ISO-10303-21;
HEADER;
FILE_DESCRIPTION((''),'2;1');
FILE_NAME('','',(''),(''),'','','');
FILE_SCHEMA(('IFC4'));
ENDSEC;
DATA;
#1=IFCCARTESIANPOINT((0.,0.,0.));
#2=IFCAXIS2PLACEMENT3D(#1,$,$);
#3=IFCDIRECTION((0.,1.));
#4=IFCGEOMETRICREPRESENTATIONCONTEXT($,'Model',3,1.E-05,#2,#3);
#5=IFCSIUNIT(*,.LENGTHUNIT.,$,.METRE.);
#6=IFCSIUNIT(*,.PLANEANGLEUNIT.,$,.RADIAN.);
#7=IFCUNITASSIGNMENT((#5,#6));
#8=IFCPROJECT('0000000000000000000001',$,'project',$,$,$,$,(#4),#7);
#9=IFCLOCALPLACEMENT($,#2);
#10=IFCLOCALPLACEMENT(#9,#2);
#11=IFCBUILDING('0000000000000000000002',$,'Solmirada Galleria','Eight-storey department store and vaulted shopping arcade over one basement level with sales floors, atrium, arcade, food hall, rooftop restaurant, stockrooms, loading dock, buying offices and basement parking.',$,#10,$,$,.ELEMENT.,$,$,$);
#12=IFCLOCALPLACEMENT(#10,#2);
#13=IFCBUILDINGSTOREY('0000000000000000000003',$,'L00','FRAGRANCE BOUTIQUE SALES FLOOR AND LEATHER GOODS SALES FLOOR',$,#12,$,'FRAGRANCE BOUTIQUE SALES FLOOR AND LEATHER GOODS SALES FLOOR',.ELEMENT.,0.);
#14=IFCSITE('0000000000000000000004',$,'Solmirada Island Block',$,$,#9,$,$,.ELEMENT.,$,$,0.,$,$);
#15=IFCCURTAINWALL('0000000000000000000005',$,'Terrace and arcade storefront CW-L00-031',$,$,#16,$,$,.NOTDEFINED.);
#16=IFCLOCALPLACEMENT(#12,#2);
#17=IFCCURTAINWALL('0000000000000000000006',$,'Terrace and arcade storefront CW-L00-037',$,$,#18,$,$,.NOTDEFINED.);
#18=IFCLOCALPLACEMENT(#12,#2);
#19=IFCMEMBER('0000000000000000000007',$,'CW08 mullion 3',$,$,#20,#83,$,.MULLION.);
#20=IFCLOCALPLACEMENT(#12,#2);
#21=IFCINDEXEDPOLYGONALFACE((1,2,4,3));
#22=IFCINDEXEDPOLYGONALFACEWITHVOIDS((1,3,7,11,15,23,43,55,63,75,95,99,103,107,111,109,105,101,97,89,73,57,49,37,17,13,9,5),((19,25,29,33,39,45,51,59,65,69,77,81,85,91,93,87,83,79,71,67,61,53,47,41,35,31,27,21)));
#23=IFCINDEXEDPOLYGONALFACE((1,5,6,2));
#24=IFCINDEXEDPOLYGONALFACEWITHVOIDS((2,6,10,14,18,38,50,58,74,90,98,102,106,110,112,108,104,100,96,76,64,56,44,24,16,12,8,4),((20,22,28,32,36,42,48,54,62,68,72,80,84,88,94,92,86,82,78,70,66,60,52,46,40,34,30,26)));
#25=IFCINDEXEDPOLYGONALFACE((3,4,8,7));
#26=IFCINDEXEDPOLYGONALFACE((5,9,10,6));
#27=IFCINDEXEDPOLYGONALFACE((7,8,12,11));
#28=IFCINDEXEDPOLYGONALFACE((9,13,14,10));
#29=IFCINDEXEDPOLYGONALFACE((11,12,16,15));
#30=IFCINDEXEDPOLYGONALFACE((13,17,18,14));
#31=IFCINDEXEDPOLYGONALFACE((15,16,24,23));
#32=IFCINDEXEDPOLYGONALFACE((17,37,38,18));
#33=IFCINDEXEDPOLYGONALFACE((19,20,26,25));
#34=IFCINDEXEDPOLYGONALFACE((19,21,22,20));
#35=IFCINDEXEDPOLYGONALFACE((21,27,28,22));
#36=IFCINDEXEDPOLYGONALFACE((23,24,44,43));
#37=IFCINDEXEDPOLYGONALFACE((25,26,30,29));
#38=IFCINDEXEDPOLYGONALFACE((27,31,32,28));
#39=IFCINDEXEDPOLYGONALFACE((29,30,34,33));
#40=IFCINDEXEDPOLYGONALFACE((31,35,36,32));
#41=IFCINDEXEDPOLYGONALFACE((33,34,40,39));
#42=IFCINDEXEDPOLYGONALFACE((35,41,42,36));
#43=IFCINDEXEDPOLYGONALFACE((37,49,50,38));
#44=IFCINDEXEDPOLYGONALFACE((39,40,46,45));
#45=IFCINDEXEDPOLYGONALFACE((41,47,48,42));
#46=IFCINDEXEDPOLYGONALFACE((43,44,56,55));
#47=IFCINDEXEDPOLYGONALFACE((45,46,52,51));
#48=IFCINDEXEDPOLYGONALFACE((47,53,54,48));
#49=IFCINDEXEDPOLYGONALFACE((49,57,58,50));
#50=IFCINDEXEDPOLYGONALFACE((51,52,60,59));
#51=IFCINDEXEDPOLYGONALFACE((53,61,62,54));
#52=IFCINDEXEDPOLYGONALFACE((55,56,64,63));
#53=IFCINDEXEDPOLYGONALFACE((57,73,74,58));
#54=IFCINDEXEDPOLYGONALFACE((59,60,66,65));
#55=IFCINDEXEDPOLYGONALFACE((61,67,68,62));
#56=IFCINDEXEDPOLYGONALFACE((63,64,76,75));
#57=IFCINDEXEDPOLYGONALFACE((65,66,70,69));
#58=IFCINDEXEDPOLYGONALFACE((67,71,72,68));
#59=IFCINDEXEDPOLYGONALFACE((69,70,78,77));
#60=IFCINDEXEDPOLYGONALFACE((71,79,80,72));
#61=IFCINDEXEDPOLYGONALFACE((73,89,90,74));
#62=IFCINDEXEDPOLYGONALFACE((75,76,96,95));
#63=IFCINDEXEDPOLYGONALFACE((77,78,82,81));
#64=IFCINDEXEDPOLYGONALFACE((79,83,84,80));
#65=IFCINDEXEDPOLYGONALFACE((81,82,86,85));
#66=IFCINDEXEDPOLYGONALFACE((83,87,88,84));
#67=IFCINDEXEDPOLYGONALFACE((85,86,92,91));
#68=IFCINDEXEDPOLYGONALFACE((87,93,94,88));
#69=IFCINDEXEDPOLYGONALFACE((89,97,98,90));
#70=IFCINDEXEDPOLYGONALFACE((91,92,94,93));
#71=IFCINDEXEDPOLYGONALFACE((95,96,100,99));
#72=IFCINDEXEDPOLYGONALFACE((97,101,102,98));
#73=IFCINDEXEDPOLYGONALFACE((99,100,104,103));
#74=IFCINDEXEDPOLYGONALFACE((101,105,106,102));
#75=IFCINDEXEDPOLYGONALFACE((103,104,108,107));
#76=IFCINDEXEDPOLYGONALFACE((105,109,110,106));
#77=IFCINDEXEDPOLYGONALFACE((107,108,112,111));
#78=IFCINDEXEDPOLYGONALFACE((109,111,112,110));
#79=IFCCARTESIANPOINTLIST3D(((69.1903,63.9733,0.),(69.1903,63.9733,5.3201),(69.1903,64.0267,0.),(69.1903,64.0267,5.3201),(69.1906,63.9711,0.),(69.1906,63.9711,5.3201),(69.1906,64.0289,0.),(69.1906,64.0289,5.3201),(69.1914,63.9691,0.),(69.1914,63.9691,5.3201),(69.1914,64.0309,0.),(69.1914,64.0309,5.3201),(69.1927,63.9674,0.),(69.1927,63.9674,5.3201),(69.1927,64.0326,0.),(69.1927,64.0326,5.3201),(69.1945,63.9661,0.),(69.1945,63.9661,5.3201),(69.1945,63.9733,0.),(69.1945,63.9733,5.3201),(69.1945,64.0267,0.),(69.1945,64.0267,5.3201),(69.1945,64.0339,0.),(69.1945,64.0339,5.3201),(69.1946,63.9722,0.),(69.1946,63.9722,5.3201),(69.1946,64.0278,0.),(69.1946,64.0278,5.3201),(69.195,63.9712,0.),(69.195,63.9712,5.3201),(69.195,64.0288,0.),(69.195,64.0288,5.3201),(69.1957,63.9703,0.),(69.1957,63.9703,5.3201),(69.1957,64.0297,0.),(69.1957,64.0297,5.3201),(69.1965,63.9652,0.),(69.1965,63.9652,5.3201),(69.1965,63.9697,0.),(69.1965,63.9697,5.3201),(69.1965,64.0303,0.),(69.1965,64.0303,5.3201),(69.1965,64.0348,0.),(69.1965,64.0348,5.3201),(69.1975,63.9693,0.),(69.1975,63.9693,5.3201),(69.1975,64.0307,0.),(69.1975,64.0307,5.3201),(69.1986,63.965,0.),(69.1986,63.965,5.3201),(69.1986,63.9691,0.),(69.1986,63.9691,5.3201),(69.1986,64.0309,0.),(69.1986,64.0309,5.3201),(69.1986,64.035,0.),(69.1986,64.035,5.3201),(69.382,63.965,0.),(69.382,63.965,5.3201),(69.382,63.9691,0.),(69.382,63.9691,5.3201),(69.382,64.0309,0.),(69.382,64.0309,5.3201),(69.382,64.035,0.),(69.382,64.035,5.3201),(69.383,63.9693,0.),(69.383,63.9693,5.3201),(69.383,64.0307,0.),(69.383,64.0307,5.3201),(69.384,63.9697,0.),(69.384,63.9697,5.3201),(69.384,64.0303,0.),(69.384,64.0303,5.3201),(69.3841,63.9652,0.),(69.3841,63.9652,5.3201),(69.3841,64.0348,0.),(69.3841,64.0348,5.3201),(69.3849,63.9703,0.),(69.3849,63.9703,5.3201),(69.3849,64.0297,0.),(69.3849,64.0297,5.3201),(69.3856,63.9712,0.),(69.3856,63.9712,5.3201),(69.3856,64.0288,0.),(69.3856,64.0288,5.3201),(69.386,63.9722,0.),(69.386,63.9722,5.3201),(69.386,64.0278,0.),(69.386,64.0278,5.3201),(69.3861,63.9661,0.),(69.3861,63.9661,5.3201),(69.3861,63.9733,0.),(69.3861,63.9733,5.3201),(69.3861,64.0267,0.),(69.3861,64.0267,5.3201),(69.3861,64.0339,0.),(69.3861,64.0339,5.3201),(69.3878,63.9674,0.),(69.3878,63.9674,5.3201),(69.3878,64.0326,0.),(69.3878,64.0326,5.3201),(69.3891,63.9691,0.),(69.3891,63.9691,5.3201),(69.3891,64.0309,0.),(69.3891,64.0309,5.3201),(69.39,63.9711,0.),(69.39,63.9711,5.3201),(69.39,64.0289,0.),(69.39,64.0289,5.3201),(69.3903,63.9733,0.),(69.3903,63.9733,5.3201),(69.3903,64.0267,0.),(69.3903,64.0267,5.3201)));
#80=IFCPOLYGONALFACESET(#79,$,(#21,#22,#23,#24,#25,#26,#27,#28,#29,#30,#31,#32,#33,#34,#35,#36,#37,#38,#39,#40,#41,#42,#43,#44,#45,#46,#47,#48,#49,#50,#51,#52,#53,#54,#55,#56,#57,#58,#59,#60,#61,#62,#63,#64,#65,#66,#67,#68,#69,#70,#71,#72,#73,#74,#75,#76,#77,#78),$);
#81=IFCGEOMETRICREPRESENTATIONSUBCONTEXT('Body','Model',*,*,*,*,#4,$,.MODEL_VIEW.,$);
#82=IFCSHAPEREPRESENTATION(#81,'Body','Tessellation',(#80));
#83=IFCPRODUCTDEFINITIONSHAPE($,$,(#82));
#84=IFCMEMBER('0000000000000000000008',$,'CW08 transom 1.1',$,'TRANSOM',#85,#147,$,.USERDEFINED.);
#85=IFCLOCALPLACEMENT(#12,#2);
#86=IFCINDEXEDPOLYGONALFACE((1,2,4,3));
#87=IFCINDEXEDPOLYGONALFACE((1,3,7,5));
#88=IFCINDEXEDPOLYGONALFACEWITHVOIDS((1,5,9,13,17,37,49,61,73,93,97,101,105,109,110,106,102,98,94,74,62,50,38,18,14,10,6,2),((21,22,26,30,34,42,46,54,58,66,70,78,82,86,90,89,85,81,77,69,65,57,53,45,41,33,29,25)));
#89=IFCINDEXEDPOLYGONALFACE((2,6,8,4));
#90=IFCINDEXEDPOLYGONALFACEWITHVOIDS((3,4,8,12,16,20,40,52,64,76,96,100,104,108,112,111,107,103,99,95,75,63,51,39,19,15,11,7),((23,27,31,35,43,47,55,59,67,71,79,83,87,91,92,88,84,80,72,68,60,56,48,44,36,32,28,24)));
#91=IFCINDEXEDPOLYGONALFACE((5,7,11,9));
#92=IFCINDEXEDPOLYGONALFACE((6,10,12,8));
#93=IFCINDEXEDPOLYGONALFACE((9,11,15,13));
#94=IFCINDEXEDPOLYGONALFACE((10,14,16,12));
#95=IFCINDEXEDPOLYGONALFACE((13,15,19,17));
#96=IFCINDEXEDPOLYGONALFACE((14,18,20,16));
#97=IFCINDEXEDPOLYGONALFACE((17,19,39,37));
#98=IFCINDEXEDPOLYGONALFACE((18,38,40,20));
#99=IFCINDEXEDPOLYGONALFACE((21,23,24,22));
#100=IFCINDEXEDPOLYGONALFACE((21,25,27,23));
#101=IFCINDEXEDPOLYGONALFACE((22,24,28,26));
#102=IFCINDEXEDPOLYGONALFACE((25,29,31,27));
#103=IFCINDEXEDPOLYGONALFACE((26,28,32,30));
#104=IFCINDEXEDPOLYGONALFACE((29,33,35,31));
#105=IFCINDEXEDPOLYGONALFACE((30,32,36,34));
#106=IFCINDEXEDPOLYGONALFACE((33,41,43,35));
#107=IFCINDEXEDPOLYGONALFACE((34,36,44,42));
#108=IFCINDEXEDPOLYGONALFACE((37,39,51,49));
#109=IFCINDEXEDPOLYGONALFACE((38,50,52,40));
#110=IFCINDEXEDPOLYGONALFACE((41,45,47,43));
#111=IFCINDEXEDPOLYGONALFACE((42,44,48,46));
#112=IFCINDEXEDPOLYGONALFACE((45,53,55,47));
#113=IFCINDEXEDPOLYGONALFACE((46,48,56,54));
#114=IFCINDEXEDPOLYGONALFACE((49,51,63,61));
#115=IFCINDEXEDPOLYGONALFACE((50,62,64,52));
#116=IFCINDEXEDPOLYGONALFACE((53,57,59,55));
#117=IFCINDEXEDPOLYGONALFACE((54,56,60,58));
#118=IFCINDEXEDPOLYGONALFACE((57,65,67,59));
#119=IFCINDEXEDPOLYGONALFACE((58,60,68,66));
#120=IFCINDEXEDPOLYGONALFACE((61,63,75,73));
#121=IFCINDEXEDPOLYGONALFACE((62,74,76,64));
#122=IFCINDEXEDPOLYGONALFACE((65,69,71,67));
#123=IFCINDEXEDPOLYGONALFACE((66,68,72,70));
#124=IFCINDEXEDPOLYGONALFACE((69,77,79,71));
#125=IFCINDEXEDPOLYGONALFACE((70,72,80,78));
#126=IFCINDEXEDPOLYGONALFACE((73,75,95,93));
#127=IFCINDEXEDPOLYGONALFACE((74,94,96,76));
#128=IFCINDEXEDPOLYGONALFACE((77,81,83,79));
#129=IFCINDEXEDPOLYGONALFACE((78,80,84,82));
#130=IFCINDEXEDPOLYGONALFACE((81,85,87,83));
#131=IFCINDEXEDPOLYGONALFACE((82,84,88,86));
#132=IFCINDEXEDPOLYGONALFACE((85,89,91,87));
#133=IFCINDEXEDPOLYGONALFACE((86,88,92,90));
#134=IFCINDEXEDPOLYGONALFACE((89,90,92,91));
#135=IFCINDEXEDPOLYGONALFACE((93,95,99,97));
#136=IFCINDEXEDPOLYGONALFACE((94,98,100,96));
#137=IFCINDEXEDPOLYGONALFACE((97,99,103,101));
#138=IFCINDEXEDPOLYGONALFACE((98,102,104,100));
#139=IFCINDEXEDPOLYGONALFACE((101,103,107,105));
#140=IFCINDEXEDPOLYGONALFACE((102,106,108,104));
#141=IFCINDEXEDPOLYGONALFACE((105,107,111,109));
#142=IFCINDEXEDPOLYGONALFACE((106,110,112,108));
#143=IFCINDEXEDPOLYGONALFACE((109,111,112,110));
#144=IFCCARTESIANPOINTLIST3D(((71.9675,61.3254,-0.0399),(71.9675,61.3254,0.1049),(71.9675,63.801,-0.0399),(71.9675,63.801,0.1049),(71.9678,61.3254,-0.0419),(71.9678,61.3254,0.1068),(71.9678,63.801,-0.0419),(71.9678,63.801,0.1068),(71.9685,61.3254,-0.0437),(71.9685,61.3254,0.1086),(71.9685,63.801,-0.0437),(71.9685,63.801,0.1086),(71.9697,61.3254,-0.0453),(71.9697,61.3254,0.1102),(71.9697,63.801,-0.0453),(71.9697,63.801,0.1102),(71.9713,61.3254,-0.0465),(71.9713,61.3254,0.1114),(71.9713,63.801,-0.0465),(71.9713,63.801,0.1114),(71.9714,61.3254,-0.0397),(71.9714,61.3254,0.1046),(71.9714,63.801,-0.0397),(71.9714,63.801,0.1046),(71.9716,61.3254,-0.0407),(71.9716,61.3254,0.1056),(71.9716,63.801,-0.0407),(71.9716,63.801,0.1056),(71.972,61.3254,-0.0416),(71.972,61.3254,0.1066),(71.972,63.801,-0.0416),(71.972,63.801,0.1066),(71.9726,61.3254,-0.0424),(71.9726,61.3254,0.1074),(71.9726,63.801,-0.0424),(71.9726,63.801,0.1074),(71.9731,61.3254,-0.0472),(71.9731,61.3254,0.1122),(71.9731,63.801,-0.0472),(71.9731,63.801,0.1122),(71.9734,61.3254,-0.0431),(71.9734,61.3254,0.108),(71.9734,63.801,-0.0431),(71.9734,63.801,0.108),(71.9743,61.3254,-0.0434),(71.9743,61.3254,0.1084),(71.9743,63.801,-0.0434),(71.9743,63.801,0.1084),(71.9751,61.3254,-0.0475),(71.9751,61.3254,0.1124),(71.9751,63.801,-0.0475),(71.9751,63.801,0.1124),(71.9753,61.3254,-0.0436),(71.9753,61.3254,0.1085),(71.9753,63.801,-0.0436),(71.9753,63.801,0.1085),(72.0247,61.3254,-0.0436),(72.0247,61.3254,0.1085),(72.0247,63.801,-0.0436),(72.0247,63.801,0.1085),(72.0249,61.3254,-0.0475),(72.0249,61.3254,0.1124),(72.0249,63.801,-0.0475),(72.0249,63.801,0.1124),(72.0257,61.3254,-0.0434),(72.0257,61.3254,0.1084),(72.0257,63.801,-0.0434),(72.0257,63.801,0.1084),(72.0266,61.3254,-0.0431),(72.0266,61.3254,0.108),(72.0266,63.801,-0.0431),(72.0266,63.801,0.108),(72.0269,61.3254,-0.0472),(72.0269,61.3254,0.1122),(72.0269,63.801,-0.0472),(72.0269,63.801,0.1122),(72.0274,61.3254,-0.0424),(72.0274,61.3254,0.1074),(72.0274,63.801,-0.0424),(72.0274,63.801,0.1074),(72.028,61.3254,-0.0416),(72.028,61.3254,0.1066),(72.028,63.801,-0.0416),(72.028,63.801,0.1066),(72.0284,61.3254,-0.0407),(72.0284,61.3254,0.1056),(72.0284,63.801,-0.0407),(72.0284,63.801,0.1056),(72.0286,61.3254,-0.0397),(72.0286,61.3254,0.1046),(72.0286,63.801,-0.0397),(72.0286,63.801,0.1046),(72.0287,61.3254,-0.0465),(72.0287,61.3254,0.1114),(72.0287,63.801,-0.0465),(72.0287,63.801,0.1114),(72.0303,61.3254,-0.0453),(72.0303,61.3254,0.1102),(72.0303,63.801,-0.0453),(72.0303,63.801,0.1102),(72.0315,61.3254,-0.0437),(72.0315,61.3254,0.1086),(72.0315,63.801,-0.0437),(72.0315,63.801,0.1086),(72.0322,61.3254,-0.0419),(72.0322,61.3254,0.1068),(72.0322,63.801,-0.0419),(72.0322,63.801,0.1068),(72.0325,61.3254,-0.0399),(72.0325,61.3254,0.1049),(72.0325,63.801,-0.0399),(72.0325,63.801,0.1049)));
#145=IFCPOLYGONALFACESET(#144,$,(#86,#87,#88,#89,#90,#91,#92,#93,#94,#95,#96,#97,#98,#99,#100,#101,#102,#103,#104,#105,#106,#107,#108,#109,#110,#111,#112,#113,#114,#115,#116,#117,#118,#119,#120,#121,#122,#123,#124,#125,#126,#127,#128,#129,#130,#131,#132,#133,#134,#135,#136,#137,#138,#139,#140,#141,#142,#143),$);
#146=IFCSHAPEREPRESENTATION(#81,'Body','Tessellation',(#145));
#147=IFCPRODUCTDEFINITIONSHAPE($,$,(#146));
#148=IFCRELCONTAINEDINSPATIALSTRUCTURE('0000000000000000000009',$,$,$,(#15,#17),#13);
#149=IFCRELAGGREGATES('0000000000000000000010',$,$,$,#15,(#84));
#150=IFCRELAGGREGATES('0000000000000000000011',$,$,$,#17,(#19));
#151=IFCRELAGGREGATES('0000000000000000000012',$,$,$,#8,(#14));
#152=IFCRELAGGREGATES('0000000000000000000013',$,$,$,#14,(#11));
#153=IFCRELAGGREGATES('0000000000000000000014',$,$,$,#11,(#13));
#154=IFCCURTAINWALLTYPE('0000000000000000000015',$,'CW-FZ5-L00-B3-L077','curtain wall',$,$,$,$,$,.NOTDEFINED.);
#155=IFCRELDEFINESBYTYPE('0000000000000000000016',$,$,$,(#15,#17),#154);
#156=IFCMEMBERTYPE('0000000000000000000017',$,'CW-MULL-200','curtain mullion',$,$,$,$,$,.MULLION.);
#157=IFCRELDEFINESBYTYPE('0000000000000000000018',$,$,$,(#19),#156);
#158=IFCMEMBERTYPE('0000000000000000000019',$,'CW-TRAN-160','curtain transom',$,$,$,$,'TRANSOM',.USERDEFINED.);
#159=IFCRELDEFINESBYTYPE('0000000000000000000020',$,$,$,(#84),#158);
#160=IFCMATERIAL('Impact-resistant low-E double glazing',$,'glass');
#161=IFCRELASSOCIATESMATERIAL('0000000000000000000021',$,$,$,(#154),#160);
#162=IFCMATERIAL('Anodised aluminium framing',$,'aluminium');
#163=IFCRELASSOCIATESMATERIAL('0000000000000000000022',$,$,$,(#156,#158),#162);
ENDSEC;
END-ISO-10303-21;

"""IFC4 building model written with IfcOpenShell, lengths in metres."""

from ifc_helpers import new_model, si_unit, direction, frame, origin, origin_2d, place, context, subcontext, project, spatial, hollow_rectangle, extrude, material, material_profile, profile_set, type_object, element, aggregate, save


model = new_model("IFC4")

# Units and contexts
model_context = context("Model", 3, precision=1e-05, world=origin(), true_north=direction((0.0, 1.0)))
body_context = subcontext(model_context, "Body", "Model", "MODEL_VIEW")
ifc_project = project(units=[si_unit("LENGTHUNIT", "METRE"), si_unit("PLANEANGLEUNIT", "RADIAN")], contexts=[model_context])

# Site, building, storey
site_placement = place(None, origin())
site = spatial("IfcSite", under=ifc_project, at=site_placement, Name="Solmirada Island Block", CompositionType="ELEMENT", RefElevation=0.0)
building_placement = place(site_placement, origin())
building = spatial("IfcBuilding", under=site, at=building_placement, Name="Solmirada Galleria", Description="Eight-storey department store and vaulted shopping arcade over one basement level with sales floors, atrium, arcade, food hall, rooftop restaurant, stockrooms, loading dock, buying offices and basement parking.", CompositionType="ELEMENT")
storey_placement = place(building_placement, origin())
storey = spatial("IfcBuildingStorey", under=building, at=storey_placement, Name="L00", Description="FRAGRANCE BOUTIQUE SALES FLOOR AND LEATHER GOODS SALES FLOOR", LongName="FRAGRANCE BOUTIQUE SALES FLOOR AND LEATHER GOODS SALES FLOOR", CompositionType="ELEMENT", Elevation=0.0)

# Curtain walls, member
ifc_material_1 = material(Name="Impact-resistant low-E double glazing", Category="glass")
curtain_wall_type = type_object("IfcCurtainWallType", Name="CW-FZ5-L00-B3-L077", Description="curtain wall", PredefinedType="NOTDEFINED", material=ifc_material_1)
curtain_wall_1_placement = place(storey_placement, origin())
curtain_wall_1 = element("IfcCurtainWall", 1, at=curtain_wall_1_placement, inside=storey, type_object=curtain_wall_type, Name="Terrace and arcade storefront CW-L00-031", PredefinedType="NOTDEFINED")
ifc_material_2 = material(Name="Anodised aluminium framing", Category="aluminium")
ifc_material_profile_1 = material_profile(ifc_material_2, hollow_rectangle(XDim=0.0701, YDim=0.2, WallThickness=0.0042, InnerFilletRadius=0.0042, OuterFilletRadius=0.0083, at=origin_2d()), Name="ALU-MULL-200X70")
ifc_profile_set_1 = profile_set([ifc_material_profile_1], Name="Anodised aluminium framing")
member_type_1 = type_object("IfcMemberType", Name="CW-MULL-200", Description="curtain mullion", PredefinedType="MULLION", material=ifc_profile_set_1)
curtain_wall_2_placement = place(storey_placement, origin())
curtain_wall_2 = element("IfcCurtainWall", 2, at=curtain_wall_2_placement, inside=storey, type_object=curtain_wall_type, Name="Terrace and arcade storefront CW-L00-037", PredefinedType="NOTDEFINED")
member_1_placement = place(storey_placement, frame((69.2903, 64.0, 0.0), z_axis=(0.0, 0.0, 1.0), x_axis=(0.0, 1.0, 0.0)))
member_1 = element("IfcMember", 3, at=member_1_placement, type_object=member_type_1, Name="CW08 mullion 3", PredefinedType="MULLION", context=body_context, shape_type="SweptSolid", body=[
    extrude(hollow_rectangle(XDim=0.0701, YDim=0.2, WallThickness=0.0042, InnerFilletRadius=0.0042, OuterFilletRadius=0.0083, at=origin_2d()), origin(), (0.0, 0.0, 1.0), 5.3201),
])

# Member
ifc_material_profile_2 = material_profile(ifc_material_2, hollow_rectangle(XDim=0.0649, YDim=0.1599, WallThickness=0.0039, InnerFilletRadius=0.0039, OuterFilletRadius=0.0076, at=origin_2d()), Name="ALU-TRAN-160X65")
ifc_profile_set_2 = profile_set([ifc_material_profile_2], Name="Anodised aluminium framing")
member_type_2 = type_object("IfcMemberType", Name="CW-TRAN-160", Description="curtain transom", ElementType="TRANSOM", PredefinedType="USERDEFINED", material=ifc_profile_set_2)
member_2_placement = place(storey_placement, frame((72.0, 63.801, 0.0325), z_axis=(0.0, -1.0, 0.0), x_axis=(1.0, 0.0, 0.0)))
member_2 = element("IfcMember", 4, at=member_2_placement, type_object=member_type_2, Name="CW08 transom 1.1", ObjectType="TRANSOM", PredefinedType="USERDEFINED", context=body_context, shape_type="SweptSolid", body=[
    extrude(hollow_rectangle(XDim=0.0649, YDim=0.1599, WallThickness=0.0039, InnerFilletRadius=0.0039, OuterFilletRadius=0.0076, at=origin_2d()), origin(), (0.0, 0.0, 1.0), 2.4756),
])

aggregate(curtain_wall_1, [member_2])
aggregate(curtain_wall_2, [member_1])

save(model, "model.ifc")
